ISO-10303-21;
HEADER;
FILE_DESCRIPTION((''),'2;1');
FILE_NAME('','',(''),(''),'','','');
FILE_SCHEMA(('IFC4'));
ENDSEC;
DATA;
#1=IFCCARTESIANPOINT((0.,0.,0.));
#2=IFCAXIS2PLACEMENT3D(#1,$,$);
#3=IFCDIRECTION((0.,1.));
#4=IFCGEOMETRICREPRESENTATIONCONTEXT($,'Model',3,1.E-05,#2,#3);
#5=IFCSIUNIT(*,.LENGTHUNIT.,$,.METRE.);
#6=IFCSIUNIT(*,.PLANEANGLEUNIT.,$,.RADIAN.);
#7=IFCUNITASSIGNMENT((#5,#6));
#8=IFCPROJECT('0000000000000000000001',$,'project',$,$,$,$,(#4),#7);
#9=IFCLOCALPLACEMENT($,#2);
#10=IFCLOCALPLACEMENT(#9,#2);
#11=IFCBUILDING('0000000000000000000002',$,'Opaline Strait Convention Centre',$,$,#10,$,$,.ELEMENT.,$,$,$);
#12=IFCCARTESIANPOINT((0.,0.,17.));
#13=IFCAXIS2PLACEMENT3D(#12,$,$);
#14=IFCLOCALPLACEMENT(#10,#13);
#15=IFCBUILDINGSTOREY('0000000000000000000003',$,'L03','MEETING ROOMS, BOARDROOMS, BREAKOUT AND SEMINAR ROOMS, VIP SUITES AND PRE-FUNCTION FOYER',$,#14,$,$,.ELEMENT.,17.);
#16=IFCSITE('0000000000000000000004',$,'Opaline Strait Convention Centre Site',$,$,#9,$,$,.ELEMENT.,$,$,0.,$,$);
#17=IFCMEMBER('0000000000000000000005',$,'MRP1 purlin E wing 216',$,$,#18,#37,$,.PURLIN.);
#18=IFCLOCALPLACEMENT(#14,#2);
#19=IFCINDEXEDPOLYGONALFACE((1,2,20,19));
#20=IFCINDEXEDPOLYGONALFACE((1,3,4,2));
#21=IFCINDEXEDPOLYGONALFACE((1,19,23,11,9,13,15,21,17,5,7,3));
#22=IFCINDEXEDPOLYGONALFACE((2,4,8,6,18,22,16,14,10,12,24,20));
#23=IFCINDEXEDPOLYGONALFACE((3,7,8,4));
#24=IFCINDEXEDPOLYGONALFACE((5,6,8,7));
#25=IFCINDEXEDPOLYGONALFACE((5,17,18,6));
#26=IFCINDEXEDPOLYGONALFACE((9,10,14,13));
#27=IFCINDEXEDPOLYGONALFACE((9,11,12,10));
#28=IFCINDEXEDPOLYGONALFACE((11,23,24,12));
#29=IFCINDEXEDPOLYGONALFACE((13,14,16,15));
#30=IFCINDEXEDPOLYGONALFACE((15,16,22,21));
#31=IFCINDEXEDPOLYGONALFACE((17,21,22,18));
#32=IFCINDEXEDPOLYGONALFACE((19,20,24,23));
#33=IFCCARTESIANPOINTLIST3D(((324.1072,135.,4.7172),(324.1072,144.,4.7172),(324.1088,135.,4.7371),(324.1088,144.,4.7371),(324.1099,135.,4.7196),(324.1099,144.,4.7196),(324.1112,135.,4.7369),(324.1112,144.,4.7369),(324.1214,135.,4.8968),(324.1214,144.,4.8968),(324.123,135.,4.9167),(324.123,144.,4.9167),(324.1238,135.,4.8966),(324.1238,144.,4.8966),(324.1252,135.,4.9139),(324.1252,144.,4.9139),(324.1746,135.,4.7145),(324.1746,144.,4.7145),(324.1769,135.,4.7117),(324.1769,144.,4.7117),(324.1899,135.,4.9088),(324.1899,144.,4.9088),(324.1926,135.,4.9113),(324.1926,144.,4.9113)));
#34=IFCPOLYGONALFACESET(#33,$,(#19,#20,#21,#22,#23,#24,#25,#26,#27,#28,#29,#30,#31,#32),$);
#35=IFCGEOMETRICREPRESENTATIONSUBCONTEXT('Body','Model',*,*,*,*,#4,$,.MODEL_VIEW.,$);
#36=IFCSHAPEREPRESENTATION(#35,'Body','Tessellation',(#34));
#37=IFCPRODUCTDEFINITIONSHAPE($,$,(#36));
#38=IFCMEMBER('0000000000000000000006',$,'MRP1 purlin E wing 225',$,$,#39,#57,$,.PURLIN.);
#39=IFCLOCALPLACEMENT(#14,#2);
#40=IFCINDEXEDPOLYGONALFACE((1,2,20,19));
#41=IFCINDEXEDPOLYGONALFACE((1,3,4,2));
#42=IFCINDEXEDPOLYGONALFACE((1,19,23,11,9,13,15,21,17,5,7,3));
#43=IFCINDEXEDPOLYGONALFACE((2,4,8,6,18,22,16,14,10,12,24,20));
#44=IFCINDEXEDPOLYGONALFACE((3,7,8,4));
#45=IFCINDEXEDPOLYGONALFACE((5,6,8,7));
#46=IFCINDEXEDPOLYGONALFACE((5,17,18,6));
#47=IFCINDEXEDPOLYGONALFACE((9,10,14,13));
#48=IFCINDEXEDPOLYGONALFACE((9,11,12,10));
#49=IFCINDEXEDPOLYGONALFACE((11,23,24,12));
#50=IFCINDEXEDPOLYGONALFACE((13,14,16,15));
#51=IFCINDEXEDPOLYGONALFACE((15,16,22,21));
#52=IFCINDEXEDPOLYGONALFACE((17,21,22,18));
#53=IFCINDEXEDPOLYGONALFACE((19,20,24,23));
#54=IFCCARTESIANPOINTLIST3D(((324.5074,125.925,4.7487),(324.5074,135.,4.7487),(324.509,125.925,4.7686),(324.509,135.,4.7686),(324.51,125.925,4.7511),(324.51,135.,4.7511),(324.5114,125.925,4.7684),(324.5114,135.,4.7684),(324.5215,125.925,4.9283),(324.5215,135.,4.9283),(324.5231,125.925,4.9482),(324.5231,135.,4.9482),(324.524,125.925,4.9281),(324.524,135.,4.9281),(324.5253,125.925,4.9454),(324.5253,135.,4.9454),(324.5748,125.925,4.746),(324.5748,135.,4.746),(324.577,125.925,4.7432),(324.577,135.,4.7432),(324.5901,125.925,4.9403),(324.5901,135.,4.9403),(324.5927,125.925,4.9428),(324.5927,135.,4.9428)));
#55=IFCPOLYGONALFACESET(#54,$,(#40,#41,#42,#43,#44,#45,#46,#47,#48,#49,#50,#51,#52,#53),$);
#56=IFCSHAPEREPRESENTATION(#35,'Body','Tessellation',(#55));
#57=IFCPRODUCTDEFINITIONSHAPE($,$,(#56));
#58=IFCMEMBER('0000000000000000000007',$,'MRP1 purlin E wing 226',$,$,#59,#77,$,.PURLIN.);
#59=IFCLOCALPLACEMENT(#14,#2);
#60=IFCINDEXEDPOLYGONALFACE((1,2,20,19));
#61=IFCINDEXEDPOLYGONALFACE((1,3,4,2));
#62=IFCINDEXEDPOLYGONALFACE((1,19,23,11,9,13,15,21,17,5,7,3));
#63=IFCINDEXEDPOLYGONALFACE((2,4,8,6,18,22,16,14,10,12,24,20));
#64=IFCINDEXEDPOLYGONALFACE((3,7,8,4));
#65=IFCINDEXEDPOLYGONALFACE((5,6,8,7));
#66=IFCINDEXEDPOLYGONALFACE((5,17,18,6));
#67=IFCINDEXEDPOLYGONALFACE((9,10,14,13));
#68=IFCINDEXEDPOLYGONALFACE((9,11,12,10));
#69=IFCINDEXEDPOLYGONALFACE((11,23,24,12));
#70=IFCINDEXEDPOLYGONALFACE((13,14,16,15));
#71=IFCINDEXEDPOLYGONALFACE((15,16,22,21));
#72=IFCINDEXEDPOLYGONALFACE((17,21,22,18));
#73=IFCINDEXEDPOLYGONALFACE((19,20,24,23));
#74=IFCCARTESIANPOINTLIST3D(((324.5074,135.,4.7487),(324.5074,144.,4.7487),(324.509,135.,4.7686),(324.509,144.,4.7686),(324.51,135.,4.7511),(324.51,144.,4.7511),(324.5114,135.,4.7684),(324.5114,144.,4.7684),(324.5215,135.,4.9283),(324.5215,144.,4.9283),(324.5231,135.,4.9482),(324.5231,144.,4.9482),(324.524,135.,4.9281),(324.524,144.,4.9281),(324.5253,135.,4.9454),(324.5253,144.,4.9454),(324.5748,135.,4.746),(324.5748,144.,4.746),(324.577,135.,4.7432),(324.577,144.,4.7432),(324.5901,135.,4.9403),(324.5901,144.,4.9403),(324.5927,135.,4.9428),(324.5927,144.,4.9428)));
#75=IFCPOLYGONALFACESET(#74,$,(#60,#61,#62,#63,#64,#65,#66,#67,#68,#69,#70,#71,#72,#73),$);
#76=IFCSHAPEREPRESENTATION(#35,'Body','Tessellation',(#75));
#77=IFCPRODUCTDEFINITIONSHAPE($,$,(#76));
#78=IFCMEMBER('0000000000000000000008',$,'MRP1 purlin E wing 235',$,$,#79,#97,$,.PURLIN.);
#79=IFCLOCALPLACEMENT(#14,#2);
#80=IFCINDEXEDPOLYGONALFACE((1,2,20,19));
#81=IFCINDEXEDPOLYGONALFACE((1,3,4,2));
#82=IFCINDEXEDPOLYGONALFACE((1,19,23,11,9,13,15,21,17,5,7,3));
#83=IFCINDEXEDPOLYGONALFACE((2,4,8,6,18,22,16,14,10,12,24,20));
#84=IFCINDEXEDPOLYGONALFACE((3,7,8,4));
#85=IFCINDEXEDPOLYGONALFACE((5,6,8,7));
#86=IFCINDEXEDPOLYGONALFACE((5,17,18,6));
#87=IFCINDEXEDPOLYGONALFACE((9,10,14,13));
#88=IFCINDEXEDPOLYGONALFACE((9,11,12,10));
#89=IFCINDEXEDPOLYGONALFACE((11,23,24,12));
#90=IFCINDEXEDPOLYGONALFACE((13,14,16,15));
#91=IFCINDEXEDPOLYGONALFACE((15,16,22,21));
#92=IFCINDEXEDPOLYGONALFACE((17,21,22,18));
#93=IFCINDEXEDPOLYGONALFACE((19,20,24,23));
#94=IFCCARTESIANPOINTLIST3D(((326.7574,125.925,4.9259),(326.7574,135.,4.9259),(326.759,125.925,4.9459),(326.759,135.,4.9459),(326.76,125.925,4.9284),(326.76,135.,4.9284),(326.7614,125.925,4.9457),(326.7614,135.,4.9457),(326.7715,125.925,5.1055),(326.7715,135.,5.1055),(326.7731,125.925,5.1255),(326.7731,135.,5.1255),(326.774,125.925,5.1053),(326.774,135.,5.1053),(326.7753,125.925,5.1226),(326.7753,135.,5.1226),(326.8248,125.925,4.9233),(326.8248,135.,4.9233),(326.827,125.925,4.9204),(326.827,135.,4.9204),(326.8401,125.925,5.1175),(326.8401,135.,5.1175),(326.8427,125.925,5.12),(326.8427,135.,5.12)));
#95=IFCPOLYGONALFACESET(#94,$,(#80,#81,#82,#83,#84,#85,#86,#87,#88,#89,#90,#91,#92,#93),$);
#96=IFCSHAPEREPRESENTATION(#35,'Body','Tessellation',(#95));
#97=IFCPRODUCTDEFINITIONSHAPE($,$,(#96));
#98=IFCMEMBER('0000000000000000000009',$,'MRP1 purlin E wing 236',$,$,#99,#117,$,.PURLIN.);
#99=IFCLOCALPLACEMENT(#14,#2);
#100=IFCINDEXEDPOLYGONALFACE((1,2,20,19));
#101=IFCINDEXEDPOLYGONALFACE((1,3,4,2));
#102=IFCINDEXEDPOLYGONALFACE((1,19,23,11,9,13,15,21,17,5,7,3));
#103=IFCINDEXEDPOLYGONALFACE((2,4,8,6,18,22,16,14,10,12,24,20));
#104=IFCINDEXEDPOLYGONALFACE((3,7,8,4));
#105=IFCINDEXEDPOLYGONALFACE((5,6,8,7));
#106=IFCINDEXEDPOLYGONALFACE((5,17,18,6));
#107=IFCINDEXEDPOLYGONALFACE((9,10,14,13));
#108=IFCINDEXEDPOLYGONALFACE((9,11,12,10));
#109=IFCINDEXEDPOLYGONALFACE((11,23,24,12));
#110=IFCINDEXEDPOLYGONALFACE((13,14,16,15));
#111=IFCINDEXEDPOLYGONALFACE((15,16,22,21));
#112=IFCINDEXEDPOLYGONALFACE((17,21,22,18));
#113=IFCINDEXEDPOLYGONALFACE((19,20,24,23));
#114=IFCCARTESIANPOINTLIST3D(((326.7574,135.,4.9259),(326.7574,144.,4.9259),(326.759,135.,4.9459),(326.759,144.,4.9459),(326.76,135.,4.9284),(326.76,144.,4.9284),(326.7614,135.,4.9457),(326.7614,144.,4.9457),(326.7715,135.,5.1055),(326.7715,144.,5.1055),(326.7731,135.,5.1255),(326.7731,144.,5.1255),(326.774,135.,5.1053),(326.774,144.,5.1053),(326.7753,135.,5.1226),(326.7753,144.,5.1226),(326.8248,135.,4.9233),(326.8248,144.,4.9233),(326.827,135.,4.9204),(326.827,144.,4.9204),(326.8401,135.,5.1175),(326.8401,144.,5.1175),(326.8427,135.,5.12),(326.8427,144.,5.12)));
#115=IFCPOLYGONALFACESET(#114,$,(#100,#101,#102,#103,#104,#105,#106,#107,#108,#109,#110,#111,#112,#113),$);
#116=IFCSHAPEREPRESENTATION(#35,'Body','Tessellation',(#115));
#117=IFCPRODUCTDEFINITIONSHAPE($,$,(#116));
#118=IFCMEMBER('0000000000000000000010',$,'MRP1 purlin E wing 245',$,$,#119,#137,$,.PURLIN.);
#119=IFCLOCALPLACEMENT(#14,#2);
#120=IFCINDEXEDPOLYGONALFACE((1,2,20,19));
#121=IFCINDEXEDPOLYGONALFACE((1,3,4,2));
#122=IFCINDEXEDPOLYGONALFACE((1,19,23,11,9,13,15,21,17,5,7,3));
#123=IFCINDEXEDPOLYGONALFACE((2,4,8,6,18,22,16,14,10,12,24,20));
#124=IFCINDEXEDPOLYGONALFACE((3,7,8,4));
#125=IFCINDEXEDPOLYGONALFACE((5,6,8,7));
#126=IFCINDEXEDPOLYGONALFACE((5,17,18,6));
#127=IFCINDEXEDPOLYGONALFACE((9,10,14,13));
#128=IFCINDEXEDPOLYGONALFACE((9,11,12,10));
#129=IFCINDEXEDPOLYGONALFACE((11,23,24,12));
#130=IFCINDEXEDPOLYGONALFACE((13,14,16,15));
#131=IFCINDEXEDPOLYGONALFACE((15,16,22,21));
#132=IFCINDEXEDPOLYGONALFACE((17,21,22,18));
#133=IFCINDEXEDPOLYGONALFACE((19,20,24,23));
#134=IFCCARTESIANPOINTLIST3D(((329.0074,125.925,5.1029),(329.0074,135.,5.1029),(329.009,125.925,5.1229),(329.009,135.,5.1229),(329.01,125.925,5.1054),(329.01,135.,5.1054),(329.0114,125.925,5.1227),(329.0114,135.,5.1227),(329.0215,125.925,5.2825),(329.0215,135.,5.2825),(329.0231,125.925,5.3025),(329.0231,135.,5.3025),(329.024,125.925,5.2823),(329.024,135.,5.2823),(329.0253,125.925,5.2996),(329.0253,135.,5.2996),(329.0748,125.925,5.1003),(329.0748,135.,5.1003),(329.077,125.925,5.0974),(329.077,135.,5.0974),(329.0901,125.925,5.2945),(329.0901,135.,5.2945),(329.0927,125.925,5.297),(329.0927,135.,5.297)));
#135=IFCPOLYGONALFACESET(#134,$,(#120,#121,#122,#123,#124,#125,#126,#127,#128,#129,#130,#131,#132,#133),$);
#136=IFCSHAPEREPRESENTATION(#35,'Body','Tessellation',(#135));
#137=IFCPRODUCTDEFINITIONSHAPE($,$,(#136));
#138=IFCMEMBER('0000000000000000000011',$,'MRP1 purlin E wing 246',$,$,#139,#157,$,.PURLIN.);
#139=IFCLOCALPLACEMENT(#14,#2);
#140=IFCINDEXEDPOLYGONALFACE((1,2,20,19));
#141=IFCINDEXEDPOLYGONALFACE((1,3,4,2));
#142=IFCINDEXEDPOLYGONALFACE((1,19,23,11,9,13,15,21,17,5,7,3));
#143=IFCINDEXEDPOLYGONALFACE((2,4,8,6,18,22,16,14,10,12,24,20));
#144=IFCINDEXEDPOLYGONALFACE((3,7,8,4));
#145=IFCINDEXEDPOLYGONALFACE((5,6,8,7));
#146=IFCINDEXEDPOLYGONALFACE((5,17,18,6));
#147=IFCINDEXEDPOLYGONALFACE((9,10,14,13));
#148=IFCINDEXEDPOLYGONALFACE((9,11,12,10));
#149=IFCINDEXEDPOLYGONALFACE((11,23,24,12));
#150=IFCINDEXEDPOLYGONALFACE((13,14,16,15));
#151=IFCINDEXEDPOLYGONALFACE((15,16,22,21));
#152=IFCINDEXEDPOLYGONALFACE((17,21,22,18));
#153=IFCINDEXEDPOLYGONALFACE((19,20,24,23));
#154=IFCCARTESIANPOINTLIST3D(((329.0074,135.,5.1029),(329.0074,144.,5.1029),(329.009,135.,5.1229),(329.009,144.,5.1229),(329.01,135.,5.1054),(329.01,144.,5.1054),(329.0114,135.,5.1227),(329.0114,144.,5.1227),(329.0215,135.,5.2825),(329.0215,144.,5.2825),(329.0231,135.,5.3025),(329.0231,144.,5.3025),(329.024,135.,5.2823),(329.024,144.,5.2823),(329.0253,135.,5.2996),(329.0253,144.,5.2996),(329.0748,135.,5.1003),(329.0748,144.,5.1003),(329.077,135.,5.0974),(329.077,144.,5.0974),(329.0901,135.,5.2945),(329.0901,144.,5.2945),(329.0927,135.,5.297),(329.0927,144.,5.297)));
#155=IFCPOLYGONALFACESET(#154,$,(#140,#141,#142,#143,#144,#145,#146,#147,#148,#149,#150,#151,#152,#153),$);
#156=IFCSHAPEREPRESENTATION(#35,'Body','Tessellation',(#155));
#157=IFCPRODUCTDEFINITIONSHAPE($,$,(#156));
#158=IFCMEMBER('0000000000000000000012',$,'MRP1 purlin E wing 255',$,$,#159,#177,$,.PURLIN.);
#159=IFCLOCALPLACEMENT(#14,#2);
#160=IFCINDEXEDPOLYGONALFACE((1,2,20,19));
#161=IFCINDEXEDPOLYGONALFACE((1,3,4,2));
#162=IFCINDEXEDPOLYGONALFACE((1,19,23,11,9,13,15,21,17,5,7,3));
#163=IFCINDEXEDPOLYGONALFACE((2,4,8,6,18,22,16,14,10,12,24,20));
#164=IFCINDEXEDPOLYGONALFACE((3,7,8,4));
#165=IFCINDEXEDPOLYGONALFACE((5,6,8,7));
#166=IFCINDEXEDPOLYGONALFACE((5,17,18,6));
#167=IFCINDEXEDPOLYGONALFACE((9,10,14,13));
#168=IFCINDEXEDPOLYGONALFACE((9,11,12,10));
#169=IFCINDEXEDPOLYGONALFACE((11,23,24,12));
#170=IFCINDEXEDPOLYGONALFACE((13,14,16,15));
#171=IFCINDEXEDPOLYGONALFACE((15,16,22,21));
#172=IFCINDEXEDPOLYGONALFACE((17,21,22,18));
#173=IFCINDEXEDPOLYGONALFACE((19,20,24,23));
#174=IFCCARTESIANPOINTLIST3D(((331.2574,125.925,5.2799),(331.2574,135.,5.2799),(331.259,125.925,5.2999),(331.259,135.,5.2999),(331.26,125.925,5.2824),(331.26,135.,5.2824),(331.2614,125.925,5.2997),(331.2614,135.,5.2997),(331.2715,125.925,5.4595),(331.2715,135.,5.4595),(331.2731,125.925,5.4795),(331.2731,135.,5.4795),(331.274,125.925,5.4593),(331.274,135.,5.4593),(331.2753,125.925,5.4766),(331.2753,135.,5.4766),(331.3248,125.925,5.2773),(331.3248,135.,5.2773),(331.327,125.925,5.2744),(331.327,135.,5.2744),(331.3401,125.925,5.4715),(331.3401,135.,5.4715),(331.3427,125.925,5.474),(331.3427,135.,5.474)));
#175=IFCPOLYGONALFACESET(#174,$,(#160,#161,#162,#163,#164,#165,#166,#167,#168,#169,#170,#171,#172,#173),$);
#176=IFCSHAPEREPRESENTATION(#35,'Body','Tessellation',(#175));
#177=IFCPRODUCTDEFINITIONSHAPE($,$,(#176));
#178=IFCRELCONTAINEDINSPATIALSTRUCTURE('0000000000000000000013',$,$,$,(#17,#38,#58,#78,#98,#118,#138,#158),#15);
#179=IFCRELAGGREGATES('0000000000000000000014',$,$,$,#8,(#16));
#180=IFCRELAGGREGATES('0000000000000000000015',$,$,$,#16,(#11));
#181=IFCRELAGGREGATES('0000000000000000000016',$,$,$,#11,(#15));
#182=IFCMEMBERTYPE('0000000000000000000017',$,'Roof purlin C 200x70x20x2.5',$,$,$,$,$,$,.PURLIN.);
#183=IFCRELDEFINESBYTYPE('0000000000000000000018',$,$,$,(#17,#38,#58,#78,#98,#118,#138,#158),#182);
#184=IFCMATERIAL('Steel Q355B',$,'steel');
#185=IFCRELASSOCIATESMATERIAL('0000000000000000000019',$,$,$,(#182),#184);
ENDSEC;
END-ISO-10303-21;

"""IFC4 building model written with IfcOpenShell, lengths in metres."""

from ifc_helpers import new_model, si_unit, direction, frame, origin, place, context, subcontext, project, spatial, polyline, outline, extrude, material, material_profile, profile_set, type_object, element, save


model = new_model("IFC4")

# Units and contexts
model_context = context("Model", 3, precision=1e-05, world=origin(), true_north=direction((0.0, 1.0)))
body_context = subcontext(model_context, "Body", "Model", "MODEL_VIEW")
ifc_project = project(units=[si_unit("LENGTHUNIT", "METRE"), si_unit("PLANEANGLEUNIT", "RADIAN")], contexts=[model_context])

# Site, building, storey
site_placement = place(None, origin())
site = spatial("IfcSite", under=ifc_project, at=site_placement, Name="Opaline Strait Convention Centre Site", CompositionType="ELEMENT", RefElevation=0.0)
building_placement = place(site_placement, origin())
building = spatial("IfcBuilding", under=site, at=building_placement, Name="Opaline Strait Convention Centre", CompositionType="ELEMENT")
storey_placement = place(building_placement, frame((0.0, 0.0, 17.0)))
storey = spatial("IfcBuildingStorey", under=building, at=storey_placement, Name="L03", Description="MEETING ROOMS, BOARDROOMS, BREAKOUT AND SEMINAR ROOMS, VIP SUITES AND PRE-FUNCTION FOYER", CompositionType="ELEMENT", Elevation=17.0)

# Members
ifc_material_1 = material(Name="Steel Q355B", Category="steel")
ifc_material_profile_1 = material_profile(ifc_material_1, outline(polyline([(-0.0349, -0.1001), (0.0349, -0.1001), (0.0349, -0.0801), (0.0325, -0.0801), (0.0325, -0.0974), (-0.0325, -0.0974), (-0.0325, 0.0974), (0.0325, 0.0974), (0.0325, 0.0801), (0.0349, 0.0801), (0.0349, 0.1001), (-0.0349, 0.1001), (-0.0349, -0.1001)])), Name="C 200x70x20x2.5")
ifc_profile_set_1 = profile_set([ifc_material_profile_1], Name="Steel Q355B")
member_type_1 = type_object("IfcMemberType", Name="Roof purlin C 200x70x20x2.5", PredefinedType="PURLIN", material=ifc_profile_set_1)
member_1_placement = place(storey_placement, frame((324.1499, 135.0, 4.8142), z_axis=(0.0, 1.0, 0.0), x_axis=(-0.996917, 0.0, 0.078459)))
element("IfcMember", 1, at=member_1_placement, inside=storey, type_object=member_type_1, Name="MRP1 purlin E wing 216", PredefinedType="PURLIN", context=body_context, shape_type="SweptSolid", body=[
    extrude(outline(polyline([(-0.0349, -0.1001), (0.0349, -0.1001), (0.0349, -0.0801), (0.0325, -0.0801), (0.0325, -0.0974), (-0.0325, -0.0974), (-0.0325, 0.0974), (0.0325, 0.0974), (0.0325, 0.0801), (0.0349, 0.0801), (0.0349, 0.1001), (-0.0349, 0.1001), (-0.0349, -0.1001)])), origin(), (0.0, 0.0, 1.0), 9.0),
])
member_2_placement = place(storey_placement, frame((324.55, 125.925, 4.8457), z_axis=(0.0, 1.0, 0.0), x_axis=(-0.996917, 0.0, 0.078459)))
element("IfcMember", 2, at=member_2_placement, inside=storey, type_object=member_type_1, Name="MRP1 purlin E wing 225", PredefinedType="PURLIN", context=body_context, shape_type="SweptSolid", body=[
    extrude(outline(polyline([(-0.0349, -0.1001), (0.0349, -0.1001), (0.0349, -0.0801), (0.0325, -0.0801), (0.0325, -0.0974), (-0.0325, -0.0974), (-0.0325, 0.0974), (0.0325, 0.0974), (0.0325, 0.0801), (0.0349, 0.0801), (0.0349, 0.1001), (-0.0349, 0.1001), (-0.0349, -0.1001)])), origin(), (0.0, 0.0, 1.0), 9.075),
])
member_3_placement = place(storey_placement, frame((324.55, 135.0, 4.8457), z_axis=(0.0, 1.0, 0.0), x_axis=(-0.996917, 0.0, 0.078459)))
element("IfcMember", 3, at=member_3_placement, inside=storey, type_object=member_type_1, Name="MRP1 purlin E wing 226", PredefinedType="PURLIN", context=body_context, shape_type="SweptSolid", body=[
    extrude(outline(polyline([(-0.0349, -0.1001), (0.0349, -0.1001), (0.0349, -0.0801), (0.0325, -0.0801), (0.0325, -0.0974), (-0.0325, -0.0974), (-0.0325, 0.0974), (0.0325, 0.0974), (0.0325, 0.0801), (0.0349, 0.0801), (0.0349, 0.1001), (-0.0349, 0.1001), (-0.0349, -0.1001)])), origin(), (0.0, 0.0, 1.0), 9.0),
])
member_4_placement = place(storey_placement, frame((326.8, 125.925, 5.0229), z_axis=(0.0, 1.0, 0.0), x_axis=(-0.996917, 0.0, 0.078459)))
element("IfcMember", 4, at=member_4_placement, inside=storey, type_object=member_type_1, Name="MRP1 purlin E wing 235", PredefinedType="PURLIN", context=body_context, shape_type="SweptSolid", body=[
    extrude(outline(polyline([(-0.0349, -0.1001), (0.0349, -0.1001), (0.0349, -0.0801), (0.0325, -0.0801), (0.0325, -0.0974), (-0.0325, -0.0974), (-0.0325, 0.0974), (0.0325, 0.0974), (0.0325, 0.0801), (0.0349, 0.0801), (0.0349, 0.1001), (-0.0349, 0.1001), (-0.0349, -0.1001)])), origin(), (0.0, 0.0, 1.0), 9.075),
])
member_5_placement = place(storey_placement, frame((326.8, 135.0, 5.0229), z_axis=(0.0, 1.0, 0.0), x_axis=(-0.996917, 0.0, 0.078459)))
element("IfcMember", 5, at=member_5_placement, inside=storey, type_object=member_type_1, Name="MRP1 purlin E wing 236", PredefinedType="PURLIN", context=body_context, shape_type="SweptSolid", body=[
    extrude(outline(polyline([(-0.0349, -0.1001), (0.0349, -0.1001), (0.0349, -0.0801), (0.0325, -0.0801), (0.0325, -0.0974), (-0.0325, -0.0974), (-0.0325, 0.0974), (0.0325, 0.0974), (0.0325, 0.0801), (0.0349, 0.0801), (0.0349, 0.1001), (-0.0349, 0.1001), (-0.0349, -0.1001)])), origin(), (0.0, 0.0, 1.0), 9.0),
])
member_6_placement = place(storey_placement, frame((329.05, 125.925, 5.2), z_axis=(0.0, 1.0, 0.0), x_axis=(-0.996917, 0.0, 0.078459)))
element("IfcMember", 6, at=member_6_placement, inside=storey, type_object=member_type_1, Name="MRP1 purlin E wing 245", PredefinedType="PURLIN", context=body_context, shape_type="SweptSolid", body=[
    extrude(outline(polyline([(-0.0349, -0.1001), (0.0349, -0.1001), (0.0349, -0.0801), (0.0325, -0.0801), (0.0325, -0.0974), (-0.0325, -0.0974), (-0.0325, 0.0974), (0.0325, 0.0974), (0.0325, 0.0801), (0.0349, 0.0801), (0.0349, 0.1001), (-0.0349, 0.1001), (-0.0349, -0.1001)])), origin(), (0.0, 0.0, 1.0), 9.075),
])
member_7_placement = place(storey_placement, frame((329.05, 135.0, 5.2), z_axis=(0.0, 1.0, 0.0), x_axis=(-0.996917, 0.0, 0.078459)))
element("IfcMember", 7, at=member_7_placement, inside=storey, type_object=member_type_1, Name="MRP1 purlin E wing 246", PredefinedType="PURLIN", context=body_context, shape_type="SweptSolid", body=[
    extrude(outline(polyline([(-0.0349, -0.1001), (0.0349, -0.1001), (0.0349, -0.0801), (0.0325, -0.0801), (0.0325, -0.0974), (-0.0325, -0.0974), (-0.0325, 0.0974), (0.0325, 0.0974), (0.0325, 0.0801), (0.0349, 0.0801), (0.0349, 0.1001), (-0.0349, 0.1001), (-0.0349, -0.1001)])), origin(), (0.0, 0.0, 1.0), 9.0),
])
member_8_placement = place(storey_placement, frame((331.3, 125.925, 5.377), z_axis=(0.0, 1.0, 0.0), x_axis=(-0.996917, 0.0, 0.078459)))
element("IfcMember", 8, at=member_8_placement, inside=storey, type_object=member_type_1, Name="MRP1 purlin E wing 255", PredefinedType="PURLIN", context=body_context, shape_type="SweptSolid", body=[
    extrude(outline(polyline([(-0.0349, -0.1001), (0.0349, -0.1001), (0.0349, -0.0801), (0.0325, -0.0801), (0.0325, -0.0974), (-0.0325, -0.0974), (-0.0325, 0.0974), (0.0325, 0.0974), (0.0325, 0.0801), (0.0349, 0.0801), (0.0349, 0.1001), (-0.0349, 0.1001), (-0.0349, -0.1001)])), origin(), (0.0, 0.0, 1.0), 9.075),
])

save(model, "model.ifc")
